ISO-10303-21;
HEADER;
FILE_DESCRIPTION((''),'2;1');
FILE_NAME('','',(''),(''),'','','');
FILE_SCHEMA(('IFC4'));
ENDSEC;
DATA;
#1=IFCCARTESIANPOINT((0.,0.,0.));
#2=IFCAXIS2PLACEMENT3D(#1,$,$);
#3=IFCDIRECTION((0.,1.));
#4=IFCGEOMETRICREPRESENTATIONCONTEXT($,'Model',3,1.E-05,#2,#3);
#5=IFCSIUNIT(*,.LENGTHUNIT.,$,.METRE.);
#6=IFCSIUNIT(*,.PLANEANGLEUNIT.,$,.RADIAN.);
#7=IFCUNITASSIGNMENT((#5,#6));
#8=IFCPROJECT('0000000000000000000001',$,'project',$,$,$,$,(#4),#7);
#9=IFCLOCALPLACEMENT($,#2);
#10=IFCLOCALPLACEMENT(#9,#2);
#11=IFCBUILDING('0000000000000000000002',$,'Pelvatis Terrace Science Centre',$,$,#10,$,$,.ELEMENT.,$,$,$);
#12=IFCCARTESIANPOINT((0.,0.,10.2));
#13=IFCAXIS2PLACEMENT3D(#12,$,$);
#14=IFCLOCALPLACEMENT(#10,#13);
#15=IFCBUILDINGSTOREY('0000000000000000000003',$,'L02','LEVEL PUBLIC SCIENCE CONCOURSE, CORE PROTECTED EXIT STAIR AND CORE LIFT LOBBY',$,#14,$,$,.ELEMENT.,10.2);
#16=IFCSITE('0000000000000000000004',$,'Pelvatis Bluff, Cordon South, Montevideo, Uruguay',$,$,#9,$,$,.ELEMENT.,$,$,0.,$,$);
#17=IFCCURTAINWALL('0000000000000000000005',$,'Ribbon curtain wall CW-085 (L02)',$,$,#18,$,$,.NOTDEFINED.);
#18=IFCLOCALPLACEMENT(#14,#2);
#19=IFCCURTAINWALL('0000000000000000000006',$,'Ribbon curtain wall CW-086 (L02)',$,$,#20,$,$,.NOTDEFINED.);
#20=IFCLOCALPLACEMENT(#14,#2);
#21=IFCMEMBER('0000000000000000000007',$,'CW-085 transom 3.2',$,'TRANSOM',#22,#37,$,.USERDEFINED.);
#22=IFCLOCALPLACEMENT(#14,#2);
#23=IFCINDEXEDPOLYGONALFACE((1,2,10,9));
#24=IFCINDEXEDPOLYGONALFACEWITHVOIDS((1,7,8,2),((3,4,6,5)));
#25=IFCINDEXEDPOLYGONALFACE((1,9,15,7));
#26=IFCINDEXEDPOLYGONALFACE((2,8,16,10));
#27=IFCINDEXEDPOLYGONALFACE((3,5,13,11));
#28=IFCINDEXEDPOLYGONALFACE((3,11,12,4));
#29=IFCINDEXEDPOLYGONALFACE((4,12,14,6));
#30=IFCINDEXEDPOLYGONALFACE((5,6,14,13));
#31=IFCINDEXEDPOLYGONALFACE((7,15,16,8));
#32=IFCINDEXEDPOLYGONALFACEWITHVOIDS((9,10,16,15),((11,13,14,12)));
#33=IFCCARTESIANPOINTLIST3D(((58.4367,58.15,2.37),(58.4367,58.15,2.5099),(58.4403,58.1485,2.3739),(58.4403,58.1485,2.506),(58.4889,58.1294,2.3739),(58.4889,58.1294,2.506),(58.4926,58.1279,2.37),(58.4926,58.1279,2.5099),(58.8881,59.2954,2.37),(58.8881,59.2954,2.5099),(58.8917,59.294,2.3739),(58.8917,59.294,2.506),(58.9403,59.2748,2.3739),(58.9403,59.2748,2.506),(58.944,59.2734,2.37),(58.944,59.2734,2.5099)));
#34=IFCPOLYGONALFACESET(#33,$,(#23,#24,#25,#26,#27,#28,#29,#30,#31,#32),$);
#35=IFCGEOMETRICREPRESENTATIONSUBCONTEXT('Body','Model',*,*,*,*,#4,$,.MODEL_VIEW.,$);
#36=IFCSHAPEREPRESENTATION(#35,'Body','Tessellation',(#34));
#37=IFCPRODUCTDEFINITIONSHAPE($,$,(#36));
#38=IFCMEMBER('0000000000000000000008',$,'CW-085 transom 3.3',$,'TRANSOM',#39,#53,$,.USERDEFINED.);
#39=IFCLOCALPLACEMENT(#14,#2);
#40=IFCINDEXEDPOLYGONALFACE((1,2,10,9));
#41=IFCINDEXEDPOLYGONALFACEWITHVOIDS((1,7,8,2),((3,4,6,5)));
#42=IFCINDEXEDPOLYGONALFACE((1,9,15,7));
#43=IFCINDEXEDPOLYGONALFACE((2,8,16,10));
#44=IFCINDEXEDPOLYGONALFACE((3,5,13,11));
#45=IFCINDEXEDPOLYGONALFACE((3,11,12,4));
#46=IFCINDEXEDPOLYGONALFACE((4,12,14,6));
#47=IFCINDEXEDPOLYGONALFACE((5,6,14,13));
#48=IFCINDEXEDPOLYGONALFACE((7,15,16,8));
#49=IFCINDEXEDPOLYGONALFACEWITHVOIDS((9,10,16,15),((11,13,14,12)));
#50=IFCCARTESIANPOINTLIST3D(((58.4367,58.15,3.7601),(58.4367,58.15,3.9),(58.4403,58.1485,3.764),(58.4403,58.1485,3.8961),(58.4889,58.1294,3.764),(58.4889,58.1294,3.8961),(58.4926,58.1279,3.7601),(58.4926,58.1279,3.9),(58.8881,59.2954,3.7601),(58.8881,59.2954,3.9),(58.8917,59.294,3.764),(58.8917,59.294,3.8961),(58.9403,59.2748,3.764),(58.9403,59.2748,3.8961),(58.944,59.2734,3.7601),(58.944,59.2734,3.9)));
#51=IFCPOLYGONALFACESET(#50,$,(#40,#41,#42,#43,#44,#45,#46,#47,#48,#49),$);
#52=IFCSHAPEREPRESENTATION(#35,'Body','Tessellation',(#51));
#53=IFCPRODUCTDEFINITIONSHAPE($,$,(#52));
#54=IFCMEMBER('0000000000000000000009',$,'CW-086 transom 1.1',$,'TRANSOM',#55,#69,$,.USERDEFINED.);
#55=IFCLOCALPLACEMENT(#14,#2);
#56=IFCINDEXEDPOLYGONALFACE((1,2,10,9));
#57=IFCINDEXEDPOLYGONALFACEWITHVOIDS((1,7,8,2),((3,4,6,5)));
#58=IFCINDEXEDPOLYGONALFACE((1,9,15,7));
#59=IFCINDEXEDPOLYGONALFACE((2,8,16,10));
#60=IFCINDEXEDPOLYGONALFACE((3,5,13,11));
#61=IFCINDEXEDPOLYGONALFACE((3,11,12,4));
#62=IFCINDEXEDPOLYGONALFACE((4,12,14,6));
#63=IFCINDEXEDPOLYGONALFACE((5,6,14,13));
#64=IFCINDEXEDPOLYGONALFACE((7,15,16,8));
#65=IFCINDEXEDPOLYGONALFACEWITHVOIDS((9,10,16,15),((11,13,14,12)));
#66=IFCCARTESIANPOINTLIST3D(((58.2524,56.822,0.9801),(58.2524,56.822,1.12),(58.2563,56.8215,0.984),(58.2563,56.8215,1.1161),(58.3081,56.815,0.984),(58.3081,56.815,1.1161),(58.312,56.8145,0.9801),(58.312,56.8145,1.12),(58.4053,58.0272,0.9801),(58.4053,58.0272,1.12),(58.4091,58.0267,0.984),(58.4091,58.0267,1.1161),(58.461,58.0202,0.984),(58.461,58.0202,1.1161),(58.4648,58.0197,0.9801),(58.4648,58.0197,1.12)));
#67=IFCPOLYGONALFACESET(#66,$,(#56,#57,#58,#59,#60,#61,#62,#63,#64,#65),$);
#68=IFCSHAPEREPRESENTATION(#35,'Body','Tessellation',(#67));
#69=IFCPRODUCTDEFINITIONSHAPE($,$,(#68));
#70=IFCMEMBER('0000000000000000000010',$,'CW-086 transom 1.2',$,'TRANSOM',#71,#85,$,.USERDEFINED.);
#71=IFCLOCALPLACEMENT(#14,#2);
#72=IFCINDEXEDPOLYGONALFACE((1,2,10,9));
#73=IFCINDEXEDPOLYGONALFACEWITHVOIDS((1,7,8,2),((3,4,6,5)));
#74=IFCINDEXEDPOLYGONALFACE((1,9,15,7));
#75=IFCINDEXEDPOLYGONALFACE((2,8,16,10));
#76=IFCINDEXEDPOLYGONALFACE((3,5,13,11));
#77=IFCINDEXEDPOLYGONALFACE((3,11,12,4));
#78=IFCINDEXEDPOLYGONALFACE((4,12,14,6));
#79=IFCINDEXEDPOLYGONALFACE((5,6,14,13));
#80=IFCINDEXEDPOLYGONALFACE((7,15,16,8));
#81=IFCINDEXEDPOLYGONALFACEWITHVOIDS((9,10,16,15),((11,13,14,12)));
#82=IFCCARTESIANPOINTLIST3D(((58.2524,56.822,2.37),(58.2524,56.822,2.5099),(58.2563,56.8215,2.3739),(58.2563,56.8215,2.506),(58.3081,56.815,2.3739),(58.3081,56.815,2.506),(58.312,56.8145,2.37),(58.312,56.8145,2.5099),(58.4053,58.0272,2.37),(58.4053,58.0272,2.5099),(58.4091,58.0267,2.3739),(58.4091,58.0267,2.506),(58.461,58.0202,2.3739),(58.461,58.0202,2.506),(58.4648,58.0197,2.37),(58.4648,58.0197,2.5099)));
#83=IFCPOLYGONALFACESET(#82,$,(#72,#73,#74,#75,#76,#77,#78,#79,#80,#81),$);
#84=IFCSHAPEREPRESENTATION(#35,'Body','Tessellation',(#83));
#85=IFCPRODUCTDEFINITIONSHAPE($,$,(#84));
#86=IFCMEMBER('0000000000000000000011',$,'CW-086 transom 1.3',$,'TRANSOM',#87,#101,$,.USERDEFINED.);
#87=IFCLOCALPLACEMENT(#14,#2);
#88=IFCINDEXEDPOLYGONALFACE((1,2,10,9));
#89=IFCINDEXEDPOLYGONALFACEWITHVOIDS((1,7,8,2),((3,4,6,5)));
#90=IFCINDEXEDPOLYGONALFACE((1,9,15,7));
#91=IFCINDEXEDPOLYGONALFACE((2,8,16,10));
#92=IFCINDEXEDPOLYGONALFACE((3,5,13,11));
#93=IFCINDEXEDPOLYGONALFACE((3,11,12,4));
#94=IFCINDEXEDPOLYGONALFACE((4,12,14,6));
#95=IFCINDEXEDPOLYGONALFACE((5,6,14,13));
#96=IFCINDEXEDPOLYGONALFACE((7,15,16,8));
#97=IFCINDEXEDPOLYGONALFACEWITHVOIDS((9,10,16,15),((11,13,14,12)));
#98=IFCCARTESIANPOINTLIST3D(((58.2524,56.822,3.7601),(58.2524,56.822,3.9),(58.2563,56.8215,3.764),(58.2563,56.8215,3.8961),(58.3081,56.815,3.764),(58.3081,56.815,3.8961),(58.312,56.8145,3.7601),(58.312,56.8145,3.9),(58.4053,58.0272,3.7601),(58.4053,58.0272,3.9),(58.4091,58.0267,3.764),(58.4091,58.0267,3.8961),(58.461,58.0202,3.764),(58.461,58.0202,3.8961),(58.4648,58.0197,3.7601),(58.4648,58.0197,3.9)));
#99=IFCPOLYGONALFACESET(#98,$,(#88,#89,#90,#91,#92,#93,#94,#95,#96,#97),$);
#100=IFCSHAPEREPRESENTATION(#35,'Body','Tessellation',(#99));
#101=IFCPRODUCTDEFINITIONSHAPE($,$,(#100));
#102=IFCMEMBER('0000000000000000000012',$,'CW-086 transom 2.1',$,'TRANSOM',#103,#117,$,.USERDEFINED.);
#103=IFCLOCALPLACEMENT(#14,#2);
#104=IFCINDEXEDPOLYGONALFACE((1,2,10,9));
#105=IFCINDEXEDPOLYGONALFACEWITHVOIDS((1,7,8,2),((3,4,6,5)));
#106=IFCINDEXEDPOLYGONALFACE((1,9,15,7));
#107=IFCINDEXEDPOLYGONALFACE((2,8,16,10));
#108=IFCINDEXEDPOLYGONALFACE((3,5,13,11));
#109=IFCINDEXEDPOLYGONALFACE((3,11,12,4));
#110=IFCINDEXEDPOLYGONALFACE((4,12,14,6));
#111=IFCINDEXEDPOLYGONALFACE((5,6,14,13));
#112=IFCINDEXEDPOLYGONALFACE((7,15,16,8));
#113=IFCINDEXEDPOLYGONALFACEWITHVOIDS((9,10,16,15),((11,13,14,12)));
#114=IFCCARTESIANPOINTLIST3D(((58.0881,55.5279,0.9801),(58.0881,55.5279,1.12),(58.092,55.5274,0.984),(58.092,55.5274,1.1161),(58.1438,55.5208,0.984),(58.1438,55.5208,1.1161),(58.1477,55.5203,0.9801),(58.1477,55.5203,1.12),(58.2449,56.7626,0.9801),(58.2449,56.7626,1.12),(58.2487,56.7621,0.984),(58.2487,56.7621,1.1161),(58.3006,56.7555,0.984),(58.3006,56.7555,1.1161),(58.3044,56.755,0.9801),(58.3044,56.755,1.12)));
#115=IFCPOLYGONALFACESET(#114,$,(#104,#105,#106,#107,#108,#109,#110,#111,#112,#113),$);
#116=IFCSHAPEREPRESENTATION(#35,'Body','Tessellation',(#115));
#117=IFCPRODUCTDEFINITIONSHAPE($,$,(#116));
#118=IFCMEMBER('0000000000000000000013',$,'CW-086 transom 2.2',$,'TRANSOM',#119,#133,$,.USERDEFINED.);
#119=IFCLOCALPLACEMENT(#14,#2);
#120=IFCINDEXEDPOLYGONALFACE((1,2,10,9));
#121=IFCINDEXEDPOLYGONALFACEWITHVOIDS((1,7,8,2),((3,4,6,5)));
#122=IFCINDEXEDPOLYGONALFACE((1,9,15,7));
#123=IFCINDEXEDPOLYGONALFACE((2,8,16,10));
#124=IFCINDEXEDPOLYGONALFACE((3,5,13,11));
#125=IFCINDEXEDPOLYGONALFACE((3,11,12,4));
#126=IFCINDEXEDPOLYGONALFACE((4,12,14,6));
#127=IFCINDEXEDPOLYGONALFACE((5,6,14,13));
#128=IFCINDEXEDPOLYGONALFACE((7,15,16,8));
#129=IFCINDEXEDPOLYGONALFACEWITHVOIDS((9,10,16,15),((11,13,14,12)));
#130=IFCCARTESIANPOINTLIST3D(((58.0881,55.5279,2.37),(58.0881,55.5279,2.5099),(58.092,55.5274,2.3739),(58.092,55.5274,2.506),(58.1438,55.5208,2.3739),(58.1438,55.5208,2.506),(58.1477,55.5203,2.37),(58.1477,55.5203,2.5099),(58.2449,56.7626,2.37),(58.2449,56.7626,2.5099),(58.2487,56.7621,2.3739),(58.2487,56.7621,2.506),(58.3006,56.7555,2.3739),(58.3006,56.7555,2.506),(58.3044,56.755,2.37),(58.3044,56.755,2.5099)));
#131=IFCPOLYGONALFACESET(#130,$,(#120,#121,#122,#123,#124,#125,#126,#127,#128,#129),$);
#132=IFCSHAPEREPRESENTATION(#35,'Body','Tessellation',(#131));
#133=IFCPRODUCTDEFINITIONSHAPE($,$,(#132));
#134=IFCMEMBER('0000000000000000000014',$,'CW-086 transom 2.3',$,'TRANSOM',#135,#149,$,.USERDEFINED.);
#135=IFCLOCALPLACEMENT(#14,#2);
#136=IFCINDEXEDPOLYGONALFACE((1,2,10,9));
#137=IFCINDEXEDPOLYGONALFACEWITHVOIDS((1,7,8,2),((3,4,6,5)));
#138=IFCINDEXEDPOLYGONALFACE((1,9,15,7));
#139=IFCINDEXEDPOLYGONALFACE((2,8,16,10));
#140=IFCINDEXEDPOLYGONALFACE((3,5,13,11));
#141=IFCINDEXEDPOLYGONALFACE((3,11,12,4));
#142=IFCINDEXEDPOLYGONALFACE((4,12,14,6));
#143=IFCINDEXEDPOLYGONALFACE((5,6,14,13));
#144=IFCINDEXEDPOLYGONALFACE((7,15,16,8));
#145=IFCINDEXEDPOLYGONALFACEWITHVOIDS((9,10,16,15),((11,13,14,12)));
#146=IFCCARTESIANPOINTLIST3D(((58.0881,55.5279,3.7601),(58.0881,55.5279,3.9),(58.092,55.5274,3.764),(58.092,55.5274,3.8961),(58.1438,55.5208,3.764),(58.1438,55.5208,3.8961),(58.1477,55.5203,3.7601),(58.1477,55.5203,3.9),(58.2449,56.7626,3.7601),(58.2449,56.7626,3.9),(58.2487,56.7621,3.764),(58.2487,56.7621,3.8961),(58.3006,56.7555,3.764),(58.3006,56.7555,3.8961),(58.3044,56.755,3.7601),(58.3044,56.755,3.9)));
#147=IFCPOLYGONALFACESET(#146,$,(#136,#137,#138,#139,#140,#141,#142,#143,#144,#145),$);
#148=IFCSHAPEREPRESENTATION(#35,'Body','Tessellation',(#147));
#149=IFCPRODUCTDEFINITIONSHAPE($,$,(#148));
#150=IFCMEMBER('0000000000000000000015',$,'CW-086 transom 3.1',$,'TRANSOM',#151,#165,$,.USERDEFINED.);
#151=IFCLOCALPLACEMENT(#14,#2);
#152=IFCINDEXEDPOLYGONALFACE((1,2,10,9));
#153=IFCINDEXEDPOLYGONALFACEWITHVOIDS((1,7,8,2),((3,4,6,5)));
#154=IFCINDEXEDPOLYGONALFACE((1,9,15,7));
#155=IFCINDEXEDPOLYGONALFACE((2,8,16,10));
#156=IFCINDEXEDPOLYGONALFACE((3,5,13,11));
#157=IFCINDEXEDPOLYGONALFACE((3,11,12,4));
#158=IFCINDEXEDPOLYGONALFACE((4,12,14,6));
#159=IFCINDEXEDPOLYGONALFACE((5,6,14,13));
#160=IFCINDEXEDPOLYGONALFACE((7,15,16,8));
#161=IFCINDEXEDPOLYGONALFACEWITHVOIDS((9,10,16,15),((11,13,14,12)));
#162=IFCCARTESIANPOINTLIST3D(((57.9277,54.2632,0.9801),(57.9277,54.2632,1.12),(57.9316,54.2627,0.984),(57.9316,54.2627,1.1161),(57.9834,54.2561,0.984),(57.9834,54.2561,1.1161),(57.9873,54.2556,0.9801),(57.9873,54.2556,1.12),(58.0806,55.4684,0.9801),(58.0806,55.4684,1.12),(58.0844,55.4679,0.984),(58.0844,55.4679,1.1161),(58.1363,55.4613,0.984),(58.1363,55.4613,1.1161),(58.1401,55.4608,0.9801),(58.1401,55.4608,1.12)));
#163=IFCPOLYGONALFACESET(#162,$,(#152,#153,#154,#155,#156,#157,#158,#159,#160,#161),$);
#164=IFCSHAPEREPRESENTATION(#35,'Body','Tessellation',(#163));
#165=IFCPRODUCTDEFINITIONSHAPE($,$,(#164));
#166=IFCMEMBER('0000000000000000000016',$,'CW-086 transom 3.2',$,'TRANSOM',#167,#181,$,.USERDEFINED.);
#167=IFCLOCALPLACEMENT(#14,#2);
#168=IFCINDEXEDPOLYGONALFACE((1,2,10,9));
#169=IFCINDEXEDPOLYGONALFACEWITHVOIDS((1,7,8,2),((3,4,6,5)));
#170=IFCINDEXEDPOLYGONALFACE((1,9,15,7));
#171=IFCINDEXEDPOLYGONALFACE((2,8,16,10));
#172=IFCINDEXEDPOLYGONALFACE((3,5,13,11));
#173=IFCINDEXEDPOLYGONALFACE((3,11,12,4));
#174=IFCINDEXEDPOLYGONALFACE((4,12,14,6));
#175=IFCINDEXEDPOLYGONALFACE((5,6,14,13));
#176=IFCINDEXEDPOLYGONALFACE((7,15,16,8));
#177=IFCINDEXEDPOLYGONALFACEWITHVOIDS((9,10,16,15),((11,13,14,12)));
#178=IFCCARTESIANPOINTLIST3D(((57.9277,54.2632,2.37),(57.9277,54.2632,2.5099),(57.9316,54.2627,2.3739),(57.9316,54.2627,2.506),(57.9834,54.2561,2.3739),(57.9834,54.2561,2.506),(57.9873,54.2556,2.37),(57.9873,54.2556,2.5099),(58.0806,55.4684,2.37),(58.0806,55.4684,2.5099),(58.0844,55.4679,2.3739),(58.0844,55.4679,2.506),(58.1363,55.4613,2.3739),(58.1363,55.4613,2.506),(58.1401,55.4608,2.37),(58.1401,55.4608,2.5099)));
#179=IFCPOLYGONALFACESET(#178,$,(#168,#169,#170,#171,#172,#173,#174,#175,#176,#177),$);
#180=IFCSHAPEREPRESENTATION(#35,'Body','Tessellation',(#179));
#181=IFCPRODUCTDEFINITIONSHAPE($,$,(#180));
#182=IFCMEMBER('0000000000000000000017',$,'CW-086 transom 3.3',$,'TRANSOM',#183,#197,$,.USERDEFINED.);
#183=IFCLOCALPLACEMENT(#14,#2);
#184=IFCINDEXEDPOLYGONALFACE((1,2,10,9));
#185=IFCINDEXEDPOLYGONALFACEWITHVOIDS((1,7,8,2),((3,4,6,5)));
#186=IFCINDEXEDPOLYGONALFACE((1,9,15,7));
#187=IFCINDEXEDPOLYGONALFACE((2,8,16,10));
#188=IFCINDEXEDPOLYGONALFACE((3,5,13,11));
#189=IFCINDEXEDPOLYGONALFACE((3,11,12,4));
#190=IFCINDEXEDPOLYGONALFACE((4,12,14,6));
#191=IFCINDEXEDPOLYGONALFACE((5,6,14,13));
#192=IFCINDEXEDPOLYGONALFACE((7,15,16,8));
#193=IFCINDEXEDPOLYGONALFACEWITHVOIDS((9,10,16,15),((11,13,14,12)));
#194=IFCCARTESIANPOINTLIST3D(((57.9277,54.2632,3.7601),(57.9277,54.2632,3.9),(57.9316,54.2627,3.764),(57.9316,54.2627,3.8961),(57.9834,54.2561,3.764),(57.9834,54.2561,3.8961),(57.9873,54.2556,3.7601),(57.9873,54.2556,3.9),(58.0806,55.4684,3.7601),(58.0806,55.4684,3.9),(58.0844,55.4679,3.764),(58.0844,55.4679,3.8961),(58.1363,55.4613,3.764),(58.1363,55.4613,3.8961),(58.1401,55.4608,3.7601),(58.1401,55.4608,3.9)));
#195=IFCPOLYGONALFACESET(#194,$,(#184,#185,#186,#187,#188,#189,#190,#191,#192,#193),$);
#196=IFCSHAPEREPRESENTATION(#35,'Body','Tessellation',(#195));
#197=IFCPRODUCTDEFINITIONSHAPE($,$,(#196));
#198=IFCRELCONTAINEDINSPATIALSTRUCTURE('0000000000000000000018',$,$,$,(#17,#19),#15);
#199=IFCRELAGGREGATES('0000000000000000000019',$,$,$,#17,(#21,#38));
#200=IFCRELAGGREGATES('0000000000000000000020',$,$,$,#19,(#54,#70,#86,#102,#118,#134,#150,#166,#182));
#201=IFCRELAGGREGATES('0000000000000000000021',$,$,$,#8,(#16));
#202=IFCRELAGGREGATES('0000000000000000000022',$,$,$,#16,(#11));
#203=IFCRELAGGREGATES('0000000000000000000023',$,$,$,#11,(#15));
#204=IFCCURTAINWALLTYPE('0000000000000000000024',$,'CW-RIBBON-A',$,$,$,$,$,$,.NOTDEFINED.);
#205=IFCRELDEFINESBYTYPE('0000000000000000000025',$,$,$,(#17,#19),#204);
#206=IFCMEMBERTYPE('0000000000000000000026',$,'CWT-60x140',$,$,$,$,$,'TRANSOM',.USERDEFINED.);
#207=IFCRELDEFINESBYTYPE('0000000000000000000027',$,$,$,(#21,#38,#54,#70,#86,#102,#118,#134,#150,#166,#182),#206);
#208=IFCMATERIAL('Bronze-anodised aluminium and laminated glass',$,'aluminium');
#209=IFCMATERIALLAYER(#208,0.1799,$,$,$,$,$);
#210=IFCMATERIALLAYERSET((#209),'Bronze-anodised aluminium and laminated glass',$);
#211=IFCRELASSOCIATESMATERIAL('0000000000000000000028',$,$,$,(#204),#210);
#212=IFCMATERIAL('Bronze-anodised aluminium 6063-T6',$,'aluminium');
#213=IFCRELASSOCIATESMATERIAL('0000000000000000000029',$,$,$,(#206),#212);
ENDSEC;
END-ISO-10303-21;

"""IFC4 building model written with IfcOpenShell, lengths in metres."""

from ifc_helpers import new_model, si_unit, direction, frame, origin, origin_2d, place, context, subcontext, project, spatial, hollow_rectangle, extrude, material, layer, layer_set, material_profile, profile_set, type_object, element, aggregate, save


model = new_model("IFC4")

# Units and contexts
model_context = context("Model", 3, precision=1e-05, world=origin(), true_north=direction((0.0, 1.0)))
body_context = subcontext(model_context, "Body", "Model", "MODEL_VIEW")
ifc_project = project(units=[si_unit("LENGTHUNIT", "METRE"), si_unit("PLANEANGLEUNIT", "RADIAN")], contexts=[model_context])

# Site, building, storey
site_placement = place(None, origin())
site = spatial("IfcSite", under=ifc_project, at=site_placement, Name="Pelvatis Bluff, Cordon South, Montevideo, Uruguay", CompositionType="ELEMENT", RefElevation=0.0)
building_placement = place(site_placement, origin())
building = spatial("IfcBuilding", under=site, at=building_placement, Name="Pelvatis Terrace Science Centre", CompositionType="ELEMENT")
storey_placement = place(building_placement, frame((0.0, 0.0, 10.2)))
storey = spatial("IfcBuildingStorey", under=building, at=storey_placement, Name="L02", Description="LEVEL PUBLIC SCIENCE CONCOURSE, CORE PROTECTED EXIT STAIR AND CORE LIFT LOBBY", CompositionType="ELEMENT", Elevation=10.2)

# Curtain walls
ifc_material_1 = material(Name="Bronze-anodised aluminium and laminated glass", Category="aluminium")
ifc_layer_1 = layer(ifc_material_1, 0.1799)
ifc_layer_set_1 = layer_set([ifc_layer_1], Name="Bronze-anodised aluminium and laminated glass")
curtain_wall_type = type_object("IfcCurtainWallType", Name="CW-RIBBON-A", PredefinedType="NOTDEFINED", material=ifc_layer_set_1)
curtain_wall_1_placement = place(storey_placement, origin())
curtain_wall_1 = element("IfcCurtainWall", 1, at=curtain_wall_1_placement, inside=storey, type_object=curtain_wall_type, Name="Ribbon curtain wall CW-085 (L02)", PredefinedType="NOTDEFINED")
curtain_wall_2_placement = place(storey_placement, origin())
curtain_wall_2 = element("IfcCurtainWall", 2, at=curtain_wall_2_placement, inside=storey, type_object=curtain_wall_type, Name="Ribbon curtain wall CW-086 (L02)", PredefinedType="NOTDEFINED")

# Members
ifc_material_2 = material(Name="Bronze-anodised aluminium 6063-T6", Category="aluminium")
ifc_material_profile_1 = material_profile(ifc_material_2, hollow_rectangle(XDim=0.0601, YDim=0.1399, WallThickness=0.0039, at=origin_2d()), Name="ALU-TRN 60x140")
ifc_profile_set_1 = profile_set([ifc_material_profile_1], Name="Bronze-anodised aluminium 6063-T6")
member_type_1 = type_object("IfcMemberType", Name="CWT-60x140", ElementType="TRANSOM", PredefinedType="USERDEFINED", material=ifc_profile_set_1)
member_1_placement = place(storey_placement, frame((58.916, 59.2844, 2.4399), z_axis=(-0.366634, -0.930365, 0.0), x_axis=(0.930365, -0.366634, 0.0)))
member_1 = element("IfcMember", 3, at=member_1_placement, type_object=member_type_1, Name="CW-085 transom 3.2", ObjectType="TRANSOM", PredefinedType="USERDEFINED", context=body_context, shape_type="SweptSolid", body=[
    extrude(hollow_rectangle(XDim=0.0601, YDim=0.1399, WallThickness=0.0039, at=origin_2d()), origin(), (0.0, 0.0, 1.0), 1.2312),
])
member_2_placement = place(storey_placement, frame((58.916, 59.2844, 3.8301), z_axis=(-0.366634, -0.930365, 0.0), x_axis=(0.930365, -0.366634, 0.0)))
member_2 = element("IfcMember", 4, at=member_2_placement, type_object=member_type_1, Name="CW-085 transom 3.3", ObjectType="TRANSOM", PredefinedType="USERDEFINED", context=body_context, shape_type="SweptSolid", body=[
    extrude(hollow_rectangle(XDim=0.0601, YDim=0.1399, WallThickness=0.0039, at=origin_2d()), origin(), (0.0, 0.0, 1.0), 1.2312),
])
member_3_placement = place(storey_placement, frame((58.4351, 58.0234, 1.05), z_axis=(-0.125816, -0.992054, 0.0), x_axis=(0.992054, -0.125816, 0.0)))
member_3 = element("IfcMember", 5, at=member_3_placement, type_object=member_type_1, Name="CW-086 transom 1.1", ObjectType="TRANSOM", PredefinedType="USERDEFINED", context=body_context, shape_type="SweptSolid", body=[
    extrude(hollow_rectangle(XDim=0.0601, YDim=0.1399, WallThickness=0.0039, at=origin_2d()), origin(), (0.0, 0.0, 1.0), 1.2148),
])
member_4_placement = place(storey_placement, frame((58.4351, 58.0234, 2.4399), z_axis=(-0.125816, -0.992054, 0.0), x_axis=(0.992054, -0.125816, 0.0)))
member_4 = element("IfcMember", 6, at=member_4_placement, type_object=member_type_1, Name="CW-086 transom 1.2", ObjectType="TRANSOM", PredefinedType="USERDEFINED", context=body_context, shape_type="SweptSolid", body=[
    extrude(hollow_rectangle(XDim=0.0601, YDim=0.1399, WallThickness=0.0039, at=origin_2d()), origin(), (0.0, 0.0, 1.0), 1.2148),
])
member_5_placement = place(storey_placement, frame((58.4351, 58.0234, 3.8301), z_axis=(-0.125816, -0.992054, 0.0), x_axis=(0.992054, -0.125816, 0.0)))
member_5 = element("IfcMember", 7, at=member_5_placement, type_object=member_type_1, Name="CW-086 transom 1.3", ObjectType="TRANSOM", PredefinedType="USERDEFINED", context=body_context, shape_type="SweptSolid", body=[
    extrude(hollow_rectangle(XDim=0.0601, YDim=0.1399, WallThickness=0.0039, at=origin_2d()), origin(), (0.0, 0.0, 1.0), 1.2148),
])
member_6_placement = place(storey_placement, frame((58.2747, 56.7588, 1.05), z_axis=(-0.125942, -0.992038, 0.0), x_axis=(0.992038, -0.125942, 0.0)))
member_6 = element("IfcMember", 8, at=member_6_placement, type_object=member_type_1, Name="CW-086 transom 2.1", ObjectType="TRANSOM", PredefinedType="USERDEFINED", context=body_context, shape_type="SweptSolid", body=[
    extrude(hollow_rectangle(XDim=0.0601, YDim=0.1399, WallThickness=0.0039, at=origin_2d()), origin(), (0.0, 0.0, 1.0), 1.2446),
])
member_7_placement = place(storey_placement, frame((58.2747, 56.7588, 2.4399), z_axis=(-0.125942, -0.992038, 0.0), x_axis=(0.992038, -0.125942, 0.0)))
member_7 = element("IfcMember", 9, at=member_7_placement, type_object=member_type_1, Name="CW-086 transom 2.2", ObjectType="TRANSOM", PredefinedType="USERDEFINED", context=body_context, shape_type="SweptSolid", body=[
    extrude(hollow_rectangle(XDim=0.0601, YDim=0.1399, WallThickness=0.0039, at=origin_2d()), origin(), (0.0, 0.0, 1.0), 1.2446),
])
member_8_placement = place(storey_placement, frame((58.2747, 56.7588, 3.8301), z_axis=(-0.125942, -0.992038, 0.0), x_axis=(0.992038, -0.125942, 0.0)))
member_8 = element("IfcMember", 10, at=member_8_placement, type_object=member_type_1, Name="CW-086 transom 2.3", ObjectType="TRANSOM", PredefinedType="USERDEFINED", context=body_context, shape_type="SweptSolid", body=[
    extrude(hollow_rectangle(XDim=0.0601, YDim=0.1399, WallThickness=0.0039, at=origin_2d()), origin(), (0.0, 0.0, 1.0), 1.2446),
])
member_9_placement = place(storey_placement, frame((58.1104, 55.4646, 1.05), z_axis=(-0.125816, -0.992054, 0.0), x_axis=(0.992054, -0.125816, 0.0)))
member_9 = element("IfcMember", 11, at=member_9_placement, type_object=member_type_1, Name="CW-086 transom 3.1", ObjectType="TRANSOM", PredefinedType="USERDEFINED", context=body_context, shape_type="SweptSolid", body=[
    extrude(hollow_rectangle(XDim=0.0601, YDim=0.1399, WallThickness=0.0039, at=origin_2d()), origin(), (0.0, 0.0, 1.0), 1.2148),
])
member_10_placement = place(storey_placement, frame((58.1104, 55.4646, 2.4399), z_axis=(-0.125816, -0.992054, 0.0), x_axis=(0.992054, -0.125816, 0.0)))
member_10 = element("IfcMember", 12, at=member_10_placement, type_object=member_type_1, Name="CW-086 transom 3.2", ObjectType="TRANSOM", PredefinedType="USERDEFINED", context=body_context, shape_type="SweptSolid", body=[
    extrude(hollow_rectangle(XDim=0.0601, YDim=0.1399, WallThickness=0.0039, at=origin_2d()), origin(), (0.0, 0.0, 1.0), 1.2148),
])
member_11_placement = place(storey_placement, frame((58.1104, 55.4646, 3.8301), z_axis=(-0.125816, -0.992054, 0.0), x_axis=(0.992054, -0.125816, 0.0)))
member_11 = element("IfcMember", 13, at=member_11_placement, type_object=member_type_1, Name="CW-086 transom 3.3", ObjectType="TRANSOM", PredefinedType="USERDEFINED", context=body_context, shape_type="SweptSolid", body=[
    extrude(hollow_rectangle(XDim=0.0601, YDim=0.1399, WallThickness=0.0039, at=origin_2d()), origin(), (0.0, 0.0, 1.0), 1.2148),
])

aggregate(curtain_wall_1, [member_1, member_2])
aggregate(curtain_wall_2, [member_3, member_4, member_5, member_6, member_7, member_8, member_9, member_10, member_11])

save(model, "model.ifc")
